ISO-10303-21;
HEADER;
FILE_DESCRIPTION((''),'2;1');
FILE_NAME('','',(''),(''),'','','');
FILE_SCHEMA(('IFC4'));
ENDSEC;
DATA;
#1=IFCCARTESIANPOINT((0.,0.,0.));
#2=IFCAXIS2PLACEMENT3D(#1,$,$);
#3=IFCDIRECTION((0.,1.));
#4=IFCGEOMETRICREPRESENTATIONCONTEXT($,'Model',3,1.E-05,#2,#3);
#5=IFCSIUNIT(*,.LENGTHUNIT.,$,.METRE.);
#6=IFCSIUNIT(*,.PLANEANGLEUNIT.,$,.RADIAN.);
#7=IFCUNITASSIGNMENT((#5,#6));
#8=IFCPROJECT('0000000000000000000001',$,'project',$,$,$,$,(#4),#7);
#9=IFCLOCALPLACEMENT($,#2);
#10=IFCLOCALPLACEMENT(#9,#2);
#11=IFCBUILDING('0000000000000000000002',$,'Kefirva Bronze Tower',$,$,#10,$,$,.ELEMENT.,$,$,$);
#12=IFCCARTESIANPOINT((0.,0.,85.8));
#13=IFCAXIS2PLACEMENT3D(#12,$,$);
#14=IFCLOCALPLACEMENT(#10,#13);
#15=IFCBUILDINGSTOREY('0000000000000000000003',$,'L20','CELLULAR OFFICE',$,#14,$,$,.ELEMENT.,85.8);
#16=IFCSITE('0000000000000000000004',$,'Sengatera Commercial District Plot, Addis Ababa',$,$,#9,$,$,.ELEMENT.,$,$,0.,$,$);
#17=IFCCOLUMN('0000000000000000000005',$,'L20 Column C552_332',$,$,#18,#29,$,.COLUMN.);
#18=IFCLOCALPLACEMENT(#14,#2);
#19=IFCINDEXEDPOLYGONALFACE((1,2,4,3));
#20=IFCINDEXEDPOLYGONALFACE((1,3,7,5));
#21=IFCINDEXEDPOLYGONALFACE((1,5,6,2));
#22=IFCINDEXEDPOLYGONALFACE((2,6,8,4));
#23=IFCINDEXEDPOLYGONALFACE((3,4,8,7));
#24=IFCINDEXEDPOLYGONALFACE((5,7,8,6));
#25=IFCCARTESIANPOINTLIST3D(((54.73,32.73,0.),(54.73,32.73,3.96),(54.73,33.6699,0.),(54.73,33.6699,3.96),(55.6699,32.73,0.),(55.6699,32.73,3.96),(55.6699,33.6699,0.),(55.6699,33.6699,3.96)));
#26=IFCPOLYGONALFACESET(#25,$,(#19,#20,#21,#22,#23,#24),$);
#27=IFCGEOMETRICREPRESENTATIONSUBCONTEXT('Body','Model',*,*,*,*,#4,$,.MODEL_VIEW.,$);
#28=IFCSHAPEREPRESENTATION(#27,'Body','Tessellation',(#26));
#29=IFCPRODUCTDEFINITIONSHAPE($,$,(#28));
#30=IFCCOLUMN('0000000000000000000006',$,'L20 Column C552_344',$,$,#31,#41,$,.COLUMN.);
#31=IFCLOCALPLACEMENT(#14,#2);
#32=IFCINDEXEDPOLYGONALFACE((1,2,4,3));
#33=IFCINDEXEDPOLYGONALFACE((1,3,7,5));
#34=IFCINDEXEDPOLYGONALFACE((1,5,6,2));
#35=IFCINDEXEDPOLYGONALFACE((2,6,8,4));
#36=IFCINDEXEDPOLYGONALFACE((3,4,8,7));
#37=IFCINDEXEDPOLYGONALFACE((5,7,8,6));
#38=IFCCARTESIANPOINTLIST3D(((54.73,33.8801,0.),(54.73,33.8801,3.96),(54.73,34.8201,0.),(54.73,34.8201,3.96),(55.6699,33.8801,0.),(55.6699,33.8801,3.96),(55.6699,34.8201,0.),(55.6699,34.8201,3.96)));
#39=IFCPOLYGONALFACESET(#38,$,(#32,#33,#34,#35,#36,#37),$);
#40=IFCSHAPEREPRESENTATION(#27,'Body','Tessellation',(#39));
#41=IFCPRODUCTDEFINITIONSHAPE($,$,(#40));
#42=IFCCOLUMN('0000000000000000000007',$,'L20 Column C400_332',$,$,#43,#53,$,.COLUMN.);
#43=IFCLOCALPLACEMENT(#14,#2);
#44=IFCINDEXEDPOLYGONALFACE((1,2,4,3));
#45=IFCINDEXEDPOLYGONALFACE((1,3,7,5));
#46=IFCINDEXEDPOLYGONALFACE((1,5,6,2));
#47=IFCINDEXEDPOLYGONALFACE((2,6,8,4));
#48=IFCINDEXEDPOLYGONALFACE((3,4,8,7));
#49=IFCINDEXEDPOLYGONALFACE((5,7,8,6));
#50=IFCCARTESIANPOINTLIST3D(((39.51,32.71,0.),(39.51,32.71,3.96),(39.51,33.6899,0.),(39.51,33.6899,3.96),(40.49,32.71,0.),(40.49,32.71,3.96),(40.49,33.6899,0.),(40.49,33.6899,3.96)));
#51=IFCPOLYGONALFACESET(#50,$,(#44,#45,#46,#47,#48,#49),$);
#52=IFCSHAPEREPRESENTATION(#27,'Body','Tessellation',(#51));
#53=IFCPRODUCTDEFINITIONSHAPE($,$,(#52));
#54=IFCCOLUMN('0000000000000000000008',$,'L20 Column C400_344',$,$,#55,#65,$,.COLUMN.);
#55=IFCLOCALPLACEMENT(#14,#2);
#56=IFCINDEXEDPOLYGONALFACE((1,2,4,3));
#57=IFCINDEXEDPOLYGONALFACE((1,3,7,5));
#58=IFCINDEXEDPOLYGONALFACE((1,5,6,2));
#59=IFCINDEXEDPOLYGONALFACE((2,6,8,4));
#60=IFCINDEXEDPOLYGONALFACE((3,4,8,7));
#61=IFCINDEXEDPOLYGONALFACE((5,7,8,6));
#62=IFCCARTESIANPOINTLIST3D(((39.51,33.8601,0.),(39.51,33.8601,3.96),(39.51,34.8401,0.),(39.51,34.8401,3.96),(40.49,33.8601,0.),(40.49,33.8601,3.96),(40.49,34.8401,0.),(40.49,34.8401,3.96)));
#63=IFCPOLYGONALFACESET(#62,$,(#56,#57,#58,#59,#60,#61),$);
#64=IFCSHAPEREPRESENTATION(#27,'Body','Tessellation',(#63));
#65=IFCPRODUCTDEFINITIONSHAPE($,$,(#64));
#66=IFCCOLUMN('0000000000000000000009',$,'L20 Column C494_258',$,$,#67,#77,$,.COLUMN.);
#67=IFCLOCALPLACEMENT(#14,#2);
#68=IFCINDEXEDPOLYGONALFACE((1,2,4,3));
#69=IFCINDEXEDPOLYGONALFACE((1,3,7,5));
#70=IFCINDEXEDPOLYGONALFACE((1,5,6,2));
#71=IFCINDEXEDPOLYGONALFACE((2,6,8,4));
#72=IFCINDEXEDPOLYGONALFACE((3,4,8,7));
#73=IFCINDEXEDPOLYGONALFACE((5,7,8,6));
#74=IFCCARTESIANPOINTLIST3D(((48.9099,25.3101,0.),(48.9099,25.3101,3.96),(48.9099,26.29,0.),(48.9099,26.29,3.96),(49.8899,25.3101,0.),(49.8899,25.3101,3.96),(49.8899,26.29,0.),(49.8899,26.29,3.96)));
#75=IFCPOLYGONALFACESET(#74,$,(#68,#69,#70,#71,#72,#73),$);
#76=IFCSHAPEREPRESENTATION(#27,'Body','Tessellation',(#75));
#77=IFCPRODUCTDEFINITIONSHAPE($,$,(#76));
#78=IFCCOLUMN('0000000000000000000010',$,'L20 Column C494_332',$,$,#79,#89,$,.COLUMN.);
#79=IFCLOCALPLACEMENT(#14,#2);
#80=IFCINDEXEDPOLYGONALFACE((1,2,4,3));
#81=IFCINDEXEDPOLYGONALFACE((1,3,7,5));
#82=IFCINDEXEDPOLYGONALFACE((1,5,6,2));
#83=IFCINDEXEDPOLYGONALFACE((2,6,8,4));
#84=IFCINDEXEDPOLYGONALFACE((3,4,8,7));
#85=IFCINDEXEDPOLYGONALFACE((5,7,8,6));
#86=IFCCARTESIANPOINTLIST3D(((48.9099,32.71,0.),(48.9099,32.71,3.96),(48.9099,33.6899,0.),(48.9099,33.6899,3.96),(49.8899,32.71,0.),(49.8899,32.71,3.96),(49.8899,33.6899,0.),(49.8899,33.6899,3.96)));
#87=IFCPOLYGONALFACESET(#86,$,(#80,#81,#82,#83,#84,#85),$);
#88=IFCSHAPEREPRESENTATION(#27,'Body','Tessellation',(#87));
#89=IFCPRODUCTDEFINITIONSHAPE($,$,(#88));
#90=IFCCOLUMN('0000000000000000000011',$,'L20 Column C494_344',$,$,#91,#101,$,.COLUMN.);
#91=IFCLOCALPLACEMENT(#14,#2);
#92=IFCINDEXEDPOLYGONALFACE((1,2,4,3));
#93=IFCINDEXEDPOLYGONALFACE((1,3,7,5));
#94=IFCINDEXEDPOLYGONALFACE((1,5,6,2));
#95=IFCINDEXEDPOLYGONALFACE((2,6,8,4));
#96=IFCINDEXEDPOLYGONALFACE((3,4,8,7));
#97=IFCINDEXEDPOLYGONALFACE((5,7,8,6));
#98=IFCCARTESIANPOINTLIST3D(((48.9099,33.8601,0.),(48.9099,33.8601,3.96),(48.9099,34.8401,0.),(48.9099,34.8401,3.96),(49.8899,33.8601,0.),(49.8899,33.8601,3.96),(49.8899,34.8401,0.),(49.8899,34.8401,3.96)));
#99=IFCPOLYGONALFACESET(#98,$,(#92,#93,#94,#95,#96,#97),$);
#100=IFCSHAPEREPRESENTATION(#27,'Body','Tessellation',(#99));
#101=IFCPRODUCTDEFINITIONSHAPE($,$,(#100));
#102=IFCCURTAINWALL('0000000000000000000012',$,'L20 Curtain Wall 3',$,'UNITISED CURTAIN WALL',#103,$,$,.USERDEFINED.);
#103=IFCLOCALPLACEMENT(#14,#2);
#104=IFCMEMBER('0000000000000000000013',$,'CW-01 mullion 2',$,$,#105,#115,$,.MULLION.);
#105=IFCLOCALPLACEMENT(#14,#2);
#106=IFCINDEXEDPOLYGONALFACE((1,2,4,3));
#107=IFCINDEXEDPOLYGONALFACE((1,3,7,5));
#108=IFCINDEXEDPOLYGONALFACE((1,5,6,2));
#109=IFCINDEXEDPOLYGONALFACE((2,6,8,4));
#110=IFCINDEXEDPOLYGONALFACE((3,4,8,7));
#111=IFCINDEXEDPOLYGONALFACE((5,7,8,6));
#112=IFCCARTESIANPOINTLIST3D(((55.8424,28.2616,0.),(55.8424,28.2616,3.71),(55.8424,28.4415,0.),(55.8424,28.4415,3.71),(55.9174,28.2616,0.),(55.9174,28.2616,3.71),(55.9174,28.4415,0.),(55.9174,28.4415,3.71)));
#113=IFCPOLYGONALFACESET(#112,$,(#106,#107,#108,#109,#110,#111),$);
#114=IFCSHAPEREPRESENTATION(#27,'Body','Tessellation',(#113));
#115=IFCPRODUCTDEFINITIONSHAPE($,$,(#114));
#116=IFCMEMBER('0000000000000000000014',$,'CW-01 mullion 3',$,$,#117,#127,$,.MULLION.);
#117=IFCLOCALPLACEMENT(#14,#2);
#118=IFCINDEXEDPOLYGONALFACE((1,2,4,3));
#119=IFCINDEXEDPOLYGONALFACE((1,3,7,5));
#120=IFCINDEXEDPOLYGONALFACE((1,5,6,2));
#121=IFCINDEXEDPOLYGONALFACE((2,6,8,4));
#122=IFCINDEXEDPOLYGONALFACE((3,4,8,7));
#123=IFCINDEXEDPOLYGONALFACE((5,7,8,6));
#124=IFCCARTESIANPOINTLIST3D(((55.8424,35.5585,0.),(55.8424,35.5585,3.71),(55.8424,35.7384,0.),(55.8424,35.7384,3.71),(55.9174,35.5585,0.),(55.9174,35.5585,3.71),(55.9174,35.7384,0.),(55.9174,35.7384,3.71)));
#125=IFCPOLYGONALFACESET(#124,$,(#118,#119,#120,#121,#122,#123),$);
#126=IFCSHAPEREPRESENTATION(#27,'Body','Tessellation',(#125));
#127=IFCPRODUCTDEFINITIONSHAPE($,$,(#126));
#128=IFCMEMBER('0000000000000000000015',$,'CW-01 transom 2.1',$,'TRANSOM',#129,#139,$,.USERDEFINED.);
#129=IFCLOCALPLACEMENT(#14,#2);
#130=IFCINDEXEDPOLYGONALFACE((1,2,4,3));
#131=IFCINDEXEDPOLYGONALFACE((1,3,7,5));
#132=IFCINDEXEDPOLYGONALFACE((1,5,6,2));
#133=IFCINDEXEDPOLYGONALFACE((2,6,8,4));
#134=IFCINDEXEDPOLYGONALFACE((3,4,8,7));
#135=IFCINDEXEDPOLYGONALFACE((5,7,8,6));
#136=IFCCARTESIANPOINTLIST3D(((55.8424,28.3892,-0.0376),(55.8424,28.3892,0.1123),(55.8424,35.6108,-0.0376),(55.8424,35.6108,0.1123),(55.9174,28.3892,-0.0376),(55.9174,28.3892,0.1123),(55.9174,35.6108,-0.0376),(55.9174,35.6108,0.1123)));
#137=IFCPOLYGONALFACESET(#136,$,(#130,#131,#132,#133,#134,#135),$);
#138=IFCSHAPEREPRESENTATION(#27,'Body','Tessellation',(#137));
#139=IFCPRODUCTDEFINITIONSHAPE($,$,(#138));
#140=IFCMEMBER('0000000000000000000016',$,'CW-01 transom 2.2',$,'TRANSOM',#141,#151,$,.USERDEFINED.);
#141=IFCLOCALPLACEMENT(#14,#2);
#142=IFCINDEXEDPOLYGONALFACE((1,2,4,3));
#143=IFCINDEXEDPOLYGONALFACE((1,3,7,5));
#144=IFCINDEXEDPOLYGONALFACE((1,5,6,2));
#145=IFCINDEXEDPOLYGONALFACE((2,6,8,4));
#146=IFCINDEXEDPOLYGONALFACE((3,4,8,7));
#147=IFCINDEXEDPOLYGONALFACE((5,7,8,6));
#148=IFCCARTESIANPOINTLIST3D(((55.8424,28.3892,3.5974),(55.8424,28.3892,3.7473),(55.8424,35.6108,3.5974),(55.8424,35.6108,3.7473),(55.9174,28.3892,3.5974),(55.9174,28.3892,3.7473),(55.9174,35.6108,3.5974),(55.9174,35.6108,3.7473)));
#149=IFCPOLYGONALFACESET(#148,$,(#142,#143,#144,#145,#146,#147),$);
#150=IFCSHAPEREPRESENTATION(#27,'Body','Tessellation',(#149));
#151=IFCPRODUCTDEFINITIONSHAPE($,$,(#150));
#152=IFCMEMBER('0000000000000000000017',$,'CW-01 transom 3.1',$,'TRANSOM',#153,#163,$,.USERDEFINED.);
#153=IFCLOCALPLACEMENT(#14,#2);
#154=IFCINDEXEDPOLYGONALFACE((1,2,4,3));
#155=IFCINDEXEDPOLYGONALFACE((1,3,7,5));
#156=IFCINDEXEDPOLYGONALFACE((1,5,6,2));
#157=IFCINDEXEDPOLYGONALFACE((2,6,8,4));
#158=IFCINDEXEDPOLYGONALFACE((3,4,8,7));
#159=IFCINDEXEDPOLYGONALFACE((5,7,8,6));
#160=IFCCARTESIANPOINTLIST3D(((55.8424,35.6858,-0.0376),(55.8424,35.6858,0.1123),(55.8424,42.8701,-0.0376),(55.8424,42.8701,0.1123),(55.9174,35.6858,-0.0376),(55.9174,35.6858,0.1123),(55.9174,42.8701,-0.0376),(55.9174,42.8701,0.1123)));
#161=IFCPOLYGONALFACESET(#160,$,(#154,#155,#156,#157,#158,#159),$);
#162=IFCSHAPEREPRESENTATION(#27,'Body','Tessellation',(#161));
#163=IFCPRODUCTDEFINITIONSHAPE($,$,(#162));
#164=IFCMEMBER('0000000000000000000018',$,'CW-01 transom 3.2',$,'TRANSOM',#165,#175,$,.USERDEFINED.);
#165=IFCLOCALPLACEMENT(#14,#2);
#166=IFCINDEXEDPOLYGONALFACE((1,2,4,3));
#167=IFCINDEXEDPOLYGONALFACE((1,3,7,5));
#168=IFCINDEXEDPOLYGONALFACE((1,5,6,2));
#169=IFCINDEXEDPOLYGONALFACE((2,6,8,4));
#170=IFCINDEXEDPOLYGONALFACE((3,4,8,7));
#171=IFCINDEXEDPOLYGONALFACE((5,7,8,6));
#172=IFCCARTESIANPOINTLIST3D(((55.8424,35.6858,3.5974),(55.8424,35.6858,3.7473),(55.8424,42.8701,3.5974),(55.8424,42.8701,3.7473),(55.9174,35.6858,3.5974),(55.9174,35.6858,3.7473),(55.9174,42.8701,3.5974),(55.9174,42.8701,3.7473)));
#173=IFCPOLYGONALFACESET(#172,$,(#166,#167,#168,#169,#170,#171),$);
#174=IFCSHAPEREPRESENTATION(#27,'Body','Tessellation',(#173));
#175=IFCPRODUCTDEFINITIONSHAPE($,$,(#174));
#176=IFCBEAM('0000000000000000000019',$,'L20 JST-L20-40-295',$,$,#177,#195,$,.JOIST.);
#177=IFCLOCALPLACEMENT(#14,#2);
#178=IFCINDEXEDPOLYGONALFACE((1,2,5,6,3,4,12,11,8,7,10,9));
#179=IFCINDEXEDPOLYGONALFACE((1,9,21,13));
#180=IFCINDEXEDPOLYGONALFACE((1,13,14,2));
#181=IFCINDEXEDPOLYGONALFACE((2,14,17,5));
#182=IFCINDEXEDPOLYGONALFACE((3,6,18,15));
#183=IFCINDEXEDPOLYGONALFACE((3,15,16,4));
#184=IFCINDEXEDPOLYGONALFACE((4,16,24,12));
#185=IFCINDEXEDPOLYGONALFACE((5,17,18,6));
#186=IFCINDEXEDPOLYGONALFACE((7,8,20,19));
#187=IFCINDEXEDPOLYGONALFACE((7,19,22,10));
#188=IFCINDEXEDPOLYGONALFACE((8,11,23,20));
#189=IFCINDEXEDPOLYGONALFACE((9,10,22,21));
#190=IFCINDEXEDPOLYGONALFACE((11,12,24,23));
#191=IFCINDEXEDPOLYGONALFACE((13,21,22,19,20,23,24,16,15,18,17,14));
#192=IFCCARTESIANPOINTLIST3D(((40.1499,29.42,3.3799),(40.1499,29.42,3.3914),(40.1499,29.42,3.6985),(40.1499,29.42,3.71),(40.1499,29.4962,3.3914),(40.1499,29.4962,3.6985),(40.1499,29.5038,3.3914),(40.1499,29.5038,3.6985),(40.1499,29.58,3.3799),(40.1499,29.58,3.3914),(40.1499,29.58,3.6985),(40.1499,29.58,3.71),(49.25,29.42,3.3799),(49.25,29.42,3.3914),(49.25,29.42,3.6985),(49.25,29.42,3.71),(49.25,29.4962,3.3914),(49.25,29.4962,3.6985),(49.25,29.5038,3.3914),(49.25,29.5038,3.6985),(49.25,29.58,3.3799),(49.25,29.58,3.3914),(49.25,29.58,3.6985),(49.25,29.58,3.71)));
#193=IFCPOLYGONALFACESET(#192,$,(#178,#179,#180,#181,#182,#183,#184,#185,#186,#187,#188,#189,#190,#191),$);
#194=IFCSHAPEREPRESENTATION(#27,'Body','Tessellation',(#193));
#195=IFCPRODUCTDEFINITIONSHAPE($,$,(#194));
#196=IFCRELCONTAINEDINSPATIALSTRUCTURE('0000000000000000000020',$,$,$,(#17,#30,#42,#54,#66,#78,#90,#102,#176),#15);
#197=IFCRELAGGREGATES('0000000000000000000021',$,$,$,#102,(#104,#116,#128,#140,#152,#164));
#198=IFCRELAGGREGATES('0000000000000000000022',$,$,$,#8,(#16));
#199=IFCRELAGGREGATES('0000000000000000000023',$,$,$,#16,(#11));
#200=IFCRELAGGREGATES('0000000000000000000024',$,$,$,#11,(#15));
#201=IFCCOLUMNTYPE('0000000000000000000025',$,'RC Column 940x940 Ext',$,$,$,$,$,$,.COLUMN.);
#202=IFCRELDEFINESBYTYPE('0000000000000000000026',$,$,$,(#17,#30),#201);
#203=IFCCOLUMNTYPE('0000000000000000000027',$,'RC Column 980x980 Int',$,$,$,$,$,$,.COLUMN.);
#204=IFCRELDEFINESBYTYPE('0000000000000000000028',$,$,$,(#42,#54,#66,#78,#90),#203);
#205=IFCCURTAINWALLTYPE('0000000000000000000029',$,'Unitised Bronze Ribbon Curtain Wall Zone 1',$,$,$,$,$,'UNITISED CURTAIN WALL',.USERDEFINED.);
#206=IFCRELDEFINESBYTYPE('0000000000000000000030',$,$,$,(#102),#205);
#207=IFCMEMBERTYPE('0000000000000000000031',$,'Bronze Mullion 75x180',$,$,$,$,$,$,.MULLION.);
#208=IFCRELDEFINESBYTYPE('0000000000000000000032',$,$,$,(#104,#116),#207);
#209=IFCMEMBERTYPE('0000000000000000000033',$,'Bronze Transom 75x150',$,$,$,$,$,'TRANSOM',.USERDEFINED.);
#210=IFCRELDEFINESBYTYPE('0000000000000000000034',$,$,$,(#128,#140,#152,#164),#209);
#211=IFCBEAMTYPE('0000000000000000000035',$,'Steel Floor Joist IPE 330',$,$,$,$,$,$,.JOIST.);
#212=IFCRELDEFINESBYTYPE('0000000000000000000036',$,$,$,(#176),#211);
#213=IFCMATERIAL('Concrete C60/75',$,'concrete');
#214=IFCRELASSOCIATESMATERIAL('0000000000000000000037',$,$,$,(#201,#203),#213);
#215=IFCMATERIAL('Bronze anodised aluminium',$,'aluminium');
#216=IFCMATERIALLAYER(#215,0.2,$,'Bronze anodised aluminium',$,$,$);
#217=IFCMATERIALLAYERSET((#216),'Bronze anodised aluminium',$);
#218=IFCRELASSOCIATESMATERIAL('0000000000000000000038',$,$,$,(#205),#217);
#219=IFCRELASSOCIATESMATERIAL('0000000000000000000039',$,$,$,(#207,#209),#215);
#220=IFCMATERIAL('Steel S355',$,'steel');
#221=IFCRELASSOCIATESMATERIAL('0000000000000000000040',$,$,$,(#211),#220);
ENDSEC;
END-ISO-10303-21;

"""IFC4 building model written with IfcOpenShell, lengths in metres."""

from ifc_helpers import new_model, si_unit, direction, frame, origin, origin_2d, place, context, subcontext, project, spatial, rectangle, i_section, extrude, material, layer, layer_set, material_profile, profile_set, type_object, element, aggregate, save


model = new_model("IFC4")

# Units and contexts
model_context = context("Model", 3, precision=1e-05, world=origin(), true_north=direction((0.0, 1.0)))
body_context = subcontext(model_context, "Body", "Model", "MODEL_VIEW")
ifc_project = project(units=[si_unit("LENGTHUNIT", "METRE"), si_unit("PLANEANGLEUNIT", "RADIAN")], contexts=[model_context])

# Site, building, storey
site_placement = place(None, origin())
site = spatial("IfcSite", under=ifc_project, at=site_placement, Name="Sengatera Commercial District Plot, Addis Ababa", CompositionType="ELEMENT", RefElevation=0.0)
building_placement = place(site_placement, origin())
building = spatial("IfcBuilding", under=site, at=building_placement, Name="Kefirva Bronze Tower", CompositionType="ELEMENT")
storey_placement = place(building_placement, frame((0.0, 0.0, 85.8)))
storey = spatial("IfcBuildingStorey", under=building, at=storey_placement, Name="L20", Description="CELLULAR OFFICE", CompositionType="ELEMENT", Elevation=85.8)

# Columns
ifc_material_1 = material(Name="Concrete C60/75", Category="concrete")
ifc_material_profile_1 = material_profile(ifc_material_1, rectangle(XDim=0.9399, YDim=0.9399, at=origin_2d()), Name="RC 940x940")
ifc_profile_set_1 = profile_set([ifc_material_profile_1], Name="Concrete C60/75")
column_type_1 = type_object("IfcColumnType", Name="RC Column 940x940 Ext", PredefinedType="COLUMN", material=ifc_profile_set_1)
for number, where, z_axis, x_axis, name in (
    (1, (55.2, 33.2, 0.0), (0.0, 0.0, 1.0), (1.0, 0.0, 0.0), "L20 Column C552_332"),
    (2, (55.2, 34.3501, 0.0), (0.0, 0.0, 1.0), (1.0, 0.0, 0.0), "L20 Column C552_344"),
):
    element("IfcColumn", number, at=place(storey_placement, frame(where, z_axis=z_axis, x_axis=x_axis)), inside=storey, type_object=column_type_1, Name=name, PredefinedType="COLUMN", context=body_context, shape_type="SweptSolid", body=[
        extrude(rectangle(XDim=0.9399, YDim=0.9399, at=origin_2d()), origin(), (0.0, 0.0, 1.0), 3.96),
    ])
ifc_material_profile_2 = material_profile(ifc_material_1, rectangle(XDim=0.98, YDim=0.98, at=origin_2d()), Name="RC 980x980")
ifc_profile_set_2 = profile_set([ifc_material_profile_2], Name="Concrete C60/75")
column_type_2 = type_object("IfcColumnType", Name="RC Column 980x980 Int", PredefinedType="COLUMN", material=ifc_profile_set_2)
for number, where, z_axis, x_axis, name in (
    (3, (40.0, 33.2, 0.0), (0.0, 0.0, 1.0), (1.0, 0.0, 0.0), "L20 Column C400_332"),
    (4, (40.0, 34.3501, 0.0), (0.0, 0.0, 1.0), (1.0, 0.0, 0.0), "L20 Column C400_344"),
    (5, (49.3999, 25.8, 0.0), (0.0, 0.0, 1.0), (1.0, 0.0, 0.0), "L20 Column C494_258"),
    (6, (49.3999, 33.2, 0.0), (0.0, 0.0, 1.0), (1.0, 0.0, 0.0), "L20 Column C494_332"),
    (7, (49.3999, 34.3501, 0.0), (0.0, 0.0, 1.0), (1.0, 0.0, 0.0), "L20 Column C494_344"),
):
    element("IfcColumn", number, at=place(storey_placement, frame(where, z_axis=z_axis, x_axis=x_axis)), inside=storey, type_object=column_type_2, Name=name, PredefinedType="COLUMN", context=body_context, shape_type="SweptSolid", body=[
        extrude(rectangle(XDim=0.98, YDim=0.98, at=origin_2d()), origin(), (0.0, 0.0, 1.0), 3.96),
    ])

# Curtain wall, members
ifc_material_2 = material(Name="Bronze anodised aluminium", Category="aluminium")
ifc_layer_1 = layer(ifc_material_2, 0.2, Name="Bronze anodised aluminium")
ifc_layer_set_1 = layer_set([ifc_layer_1], Name="Bronze anodised aluminium")
curtain_wall_type = type_object("IfcCurtainWallType", Name="Unitised Bronze Ribbon Curtain Wall Zone 1", ElementType="UNITISED CURTAIN WALL", PredefinedType="USERDEFINED", material=ifc_layer_set_1)
curtain_wall_placement = place(storey_placement, origin())
curtain_wall = element("IfcCurtainWall", 8, at=curtain_wall_placement, inside=storey, type_object=curtain_wall_type, Name="L20 Curtain Wall 3", ObjectType="UNITISED CURTAIN WALL", PredefinedType="USERDEFINED")
ifc_material_profile_3 = material_profile(ifc_material_2, rectangle(XDim=0.075, YDim=0.1799, at=origin_2d()), Name="ALU 75x180")
ifc_profile_set_3 = profile_set([ifc_material_profile_3], Name="Bronze anodised aluminium")
member_type_1 = type_object("IfcMemberType", Name="Bronze Mullion 75x180", PredefinedType="MULLION", material=ifc_profile_set_3)
member_1_placement = place(storey_placement, frame((55.8799, 28.3516, 0.0), z_axis=(0.0, 0.0, 1.0), x_axis=(-1.0, 0.0, 0.0)))
member_1 = element("IfcMember", 9, at=member_1_placement, type_object=member_type_1, Name="CW-01 mullion 2", PredefinedType="MULLION", context=body_context, shape_type="SweptSolid", body=[
    extrude(rectangle(XDim=0.075, YDim=0.1799, at=origin_2d()), origin(), (0.0, 0.0, 1.0), 3.71),
])
member_2_placement = place(storey_placement, frame((55.8799, 35.6484, 0.0), z_axis=(0.0, 0.0, 1.0), x_axis=(-1.0, 0.0, 0.0)))
member_2 = element("IfcMember", 10, at=member_2_placement, type_object=member_type_1, Name="CW-01 mullion 3", PredefinedType="MULLION", context=body_context, shape_type="SweptSolid", body=[
    extrude(rectangle(XDim=0.075, YDim=0.1799, at=origin_2d()), origin(), (0.0, 0.0, 1.0), 3.71),
])
ifc_material_profile_4 = material_profile(ifc_material_2, rectangle(XDim=0.075, YDim=0.1499, at=origin_2d()), Name="ALU 75x150")
ifc_profile_set_4 = profile_set([ifc_material_profile_4], Name="Bronze anodised aluminium")
member_type_2 = type_object("IfcMemberType", Name="Bronze Transom 75x150", ElementType="TRANSOM", PredefinedType="USERDEFINED", material=ifc_profile_set_4)
member_3_placement = place(storey_placement, frame((55.8799, 28.3892, 0.0374), z_axis=(0.0, 1.0, 0.0), x_axis=(-1.0, 0.0, 0.0)))
member_3 = element("IfcMember", 11, at=member_3_placement, type_object=member_type_2, Name="CW-01 transom 2.1", ObjectType="TRANSOM", PredefinedType="USERDEFINED", context=body_context, shape_type="SweptSolid", body=[
    extrude(rectangle(XDim=0.075, YDim=0.1499, at=origin_2d()), origin(), (0.0, 0.0, 1.0), 7.2217),
])
member_4_placement = place(storey_placement, frame((55.8799, 28.3892, 3.6724), z_axis=(0.0, 1.0, 0.0), x_axis=(-1.0, 0.0, 0.0)))
member_4 = element("IfcMember", 12, at=member_4_placement, type_object=member_type_2, Name="CW-01 transom 2.2", ObjectType="TRANSOM", PredefinedType="USERDEFINED", context=body_context, shape_type="SweptSolid", body=[
    extrude(rectangle(XDim=0.075, YDim=0.1499, at=origin_2d()), origin(), (0.0, 0.0, 1.0), 7.2217),
])
member_5_placement = place(storey_placement, frame((55.8799, 35.6858, 0.0374), z_axis=(0.0, 1.0, 0.0), x_axis=(-1.0, 0.0, 0.0)))
member_5 = element("IfcMember", 13, at=member_5_placement, type_object=member_type_2, Name="CW-01 transom 3.1", ObjectType="TRANSOM", PredefinedType="USERDEFINED", context=body_context, shape_type="SweptSolid", body=[
    extrude(rectangle(XDim=0.075, YDim=0.1499, at=origin_2d()), origin(), (0.0, 0.0, 1.0), 7.1843),
])
member_6_placement = place(storey_placement, frame((55.8799, 35.6858, 3.6724), z_axis=(0.0, 1.0, 0.0), x_axis=(-1.0, 0.0, 0.0)))
member_6 = element("IfcMember", 14, at=member_6_placement, type_object=member_type_2, Name="CW-01 transom 3.2", ObjectType="TRANSOM", PredefinedType="USERDEFINED", context=body_context, shape_type="SweptSolid", body=[
    extrude(rectangle(XDim=0.075, YDim=0.1499, at=origin_2d()), origin(), (0.0, 0.0, 1.0), 7.1843),
])

# Beam
ifc_material_3 = material(Name="Steel S355", Category="steel")
ifc_material_profile_5 = material_profile(ifc_material_3, i_section(OverallWidth=0.1599, OverallDepth=0.3301, WebThickness=0.0076, FlangeThickness=0.0115, at=origin_2d()), Name="IPE 330")
ifc_profile_set_5 = profile_set([ifc_material_profile_5], Name="Steel S355")
beam_type_1 = type_object("IfcBeamType", Name="Steel Floor Joist IPE 330", PredefinedType="JOIST", material=ifc_profile_set_5)
beam_1_placement = place(storey_placement, frame((40.1499, 29.5, 3.5449), z_axis=(1.0, 0.0, 0.0), x_axis=(0.0, 1.0, 0.0)))
element("IfcBeam", 15, at=beam_1_placement, inside=storey, type_object=beam_type_1, Name="L20 JST-L20-40-295", PredefinedType="JOIST", context=body_context, shape_type="SweptSolid", body=[
    extrude(i_section(OverallWidth=0.1599, OverallDepth=0.3301, WebThickness=0.0076, FlangeThickness=0.0115, at=origin_2d()), origin(), (0.0, 0.0, 1.0), 9.1001),
])

aggregate(curtain_wall, [member_1, member_2, member_3, member_4, member_5, member_6])

save(model, "model.ifc")
